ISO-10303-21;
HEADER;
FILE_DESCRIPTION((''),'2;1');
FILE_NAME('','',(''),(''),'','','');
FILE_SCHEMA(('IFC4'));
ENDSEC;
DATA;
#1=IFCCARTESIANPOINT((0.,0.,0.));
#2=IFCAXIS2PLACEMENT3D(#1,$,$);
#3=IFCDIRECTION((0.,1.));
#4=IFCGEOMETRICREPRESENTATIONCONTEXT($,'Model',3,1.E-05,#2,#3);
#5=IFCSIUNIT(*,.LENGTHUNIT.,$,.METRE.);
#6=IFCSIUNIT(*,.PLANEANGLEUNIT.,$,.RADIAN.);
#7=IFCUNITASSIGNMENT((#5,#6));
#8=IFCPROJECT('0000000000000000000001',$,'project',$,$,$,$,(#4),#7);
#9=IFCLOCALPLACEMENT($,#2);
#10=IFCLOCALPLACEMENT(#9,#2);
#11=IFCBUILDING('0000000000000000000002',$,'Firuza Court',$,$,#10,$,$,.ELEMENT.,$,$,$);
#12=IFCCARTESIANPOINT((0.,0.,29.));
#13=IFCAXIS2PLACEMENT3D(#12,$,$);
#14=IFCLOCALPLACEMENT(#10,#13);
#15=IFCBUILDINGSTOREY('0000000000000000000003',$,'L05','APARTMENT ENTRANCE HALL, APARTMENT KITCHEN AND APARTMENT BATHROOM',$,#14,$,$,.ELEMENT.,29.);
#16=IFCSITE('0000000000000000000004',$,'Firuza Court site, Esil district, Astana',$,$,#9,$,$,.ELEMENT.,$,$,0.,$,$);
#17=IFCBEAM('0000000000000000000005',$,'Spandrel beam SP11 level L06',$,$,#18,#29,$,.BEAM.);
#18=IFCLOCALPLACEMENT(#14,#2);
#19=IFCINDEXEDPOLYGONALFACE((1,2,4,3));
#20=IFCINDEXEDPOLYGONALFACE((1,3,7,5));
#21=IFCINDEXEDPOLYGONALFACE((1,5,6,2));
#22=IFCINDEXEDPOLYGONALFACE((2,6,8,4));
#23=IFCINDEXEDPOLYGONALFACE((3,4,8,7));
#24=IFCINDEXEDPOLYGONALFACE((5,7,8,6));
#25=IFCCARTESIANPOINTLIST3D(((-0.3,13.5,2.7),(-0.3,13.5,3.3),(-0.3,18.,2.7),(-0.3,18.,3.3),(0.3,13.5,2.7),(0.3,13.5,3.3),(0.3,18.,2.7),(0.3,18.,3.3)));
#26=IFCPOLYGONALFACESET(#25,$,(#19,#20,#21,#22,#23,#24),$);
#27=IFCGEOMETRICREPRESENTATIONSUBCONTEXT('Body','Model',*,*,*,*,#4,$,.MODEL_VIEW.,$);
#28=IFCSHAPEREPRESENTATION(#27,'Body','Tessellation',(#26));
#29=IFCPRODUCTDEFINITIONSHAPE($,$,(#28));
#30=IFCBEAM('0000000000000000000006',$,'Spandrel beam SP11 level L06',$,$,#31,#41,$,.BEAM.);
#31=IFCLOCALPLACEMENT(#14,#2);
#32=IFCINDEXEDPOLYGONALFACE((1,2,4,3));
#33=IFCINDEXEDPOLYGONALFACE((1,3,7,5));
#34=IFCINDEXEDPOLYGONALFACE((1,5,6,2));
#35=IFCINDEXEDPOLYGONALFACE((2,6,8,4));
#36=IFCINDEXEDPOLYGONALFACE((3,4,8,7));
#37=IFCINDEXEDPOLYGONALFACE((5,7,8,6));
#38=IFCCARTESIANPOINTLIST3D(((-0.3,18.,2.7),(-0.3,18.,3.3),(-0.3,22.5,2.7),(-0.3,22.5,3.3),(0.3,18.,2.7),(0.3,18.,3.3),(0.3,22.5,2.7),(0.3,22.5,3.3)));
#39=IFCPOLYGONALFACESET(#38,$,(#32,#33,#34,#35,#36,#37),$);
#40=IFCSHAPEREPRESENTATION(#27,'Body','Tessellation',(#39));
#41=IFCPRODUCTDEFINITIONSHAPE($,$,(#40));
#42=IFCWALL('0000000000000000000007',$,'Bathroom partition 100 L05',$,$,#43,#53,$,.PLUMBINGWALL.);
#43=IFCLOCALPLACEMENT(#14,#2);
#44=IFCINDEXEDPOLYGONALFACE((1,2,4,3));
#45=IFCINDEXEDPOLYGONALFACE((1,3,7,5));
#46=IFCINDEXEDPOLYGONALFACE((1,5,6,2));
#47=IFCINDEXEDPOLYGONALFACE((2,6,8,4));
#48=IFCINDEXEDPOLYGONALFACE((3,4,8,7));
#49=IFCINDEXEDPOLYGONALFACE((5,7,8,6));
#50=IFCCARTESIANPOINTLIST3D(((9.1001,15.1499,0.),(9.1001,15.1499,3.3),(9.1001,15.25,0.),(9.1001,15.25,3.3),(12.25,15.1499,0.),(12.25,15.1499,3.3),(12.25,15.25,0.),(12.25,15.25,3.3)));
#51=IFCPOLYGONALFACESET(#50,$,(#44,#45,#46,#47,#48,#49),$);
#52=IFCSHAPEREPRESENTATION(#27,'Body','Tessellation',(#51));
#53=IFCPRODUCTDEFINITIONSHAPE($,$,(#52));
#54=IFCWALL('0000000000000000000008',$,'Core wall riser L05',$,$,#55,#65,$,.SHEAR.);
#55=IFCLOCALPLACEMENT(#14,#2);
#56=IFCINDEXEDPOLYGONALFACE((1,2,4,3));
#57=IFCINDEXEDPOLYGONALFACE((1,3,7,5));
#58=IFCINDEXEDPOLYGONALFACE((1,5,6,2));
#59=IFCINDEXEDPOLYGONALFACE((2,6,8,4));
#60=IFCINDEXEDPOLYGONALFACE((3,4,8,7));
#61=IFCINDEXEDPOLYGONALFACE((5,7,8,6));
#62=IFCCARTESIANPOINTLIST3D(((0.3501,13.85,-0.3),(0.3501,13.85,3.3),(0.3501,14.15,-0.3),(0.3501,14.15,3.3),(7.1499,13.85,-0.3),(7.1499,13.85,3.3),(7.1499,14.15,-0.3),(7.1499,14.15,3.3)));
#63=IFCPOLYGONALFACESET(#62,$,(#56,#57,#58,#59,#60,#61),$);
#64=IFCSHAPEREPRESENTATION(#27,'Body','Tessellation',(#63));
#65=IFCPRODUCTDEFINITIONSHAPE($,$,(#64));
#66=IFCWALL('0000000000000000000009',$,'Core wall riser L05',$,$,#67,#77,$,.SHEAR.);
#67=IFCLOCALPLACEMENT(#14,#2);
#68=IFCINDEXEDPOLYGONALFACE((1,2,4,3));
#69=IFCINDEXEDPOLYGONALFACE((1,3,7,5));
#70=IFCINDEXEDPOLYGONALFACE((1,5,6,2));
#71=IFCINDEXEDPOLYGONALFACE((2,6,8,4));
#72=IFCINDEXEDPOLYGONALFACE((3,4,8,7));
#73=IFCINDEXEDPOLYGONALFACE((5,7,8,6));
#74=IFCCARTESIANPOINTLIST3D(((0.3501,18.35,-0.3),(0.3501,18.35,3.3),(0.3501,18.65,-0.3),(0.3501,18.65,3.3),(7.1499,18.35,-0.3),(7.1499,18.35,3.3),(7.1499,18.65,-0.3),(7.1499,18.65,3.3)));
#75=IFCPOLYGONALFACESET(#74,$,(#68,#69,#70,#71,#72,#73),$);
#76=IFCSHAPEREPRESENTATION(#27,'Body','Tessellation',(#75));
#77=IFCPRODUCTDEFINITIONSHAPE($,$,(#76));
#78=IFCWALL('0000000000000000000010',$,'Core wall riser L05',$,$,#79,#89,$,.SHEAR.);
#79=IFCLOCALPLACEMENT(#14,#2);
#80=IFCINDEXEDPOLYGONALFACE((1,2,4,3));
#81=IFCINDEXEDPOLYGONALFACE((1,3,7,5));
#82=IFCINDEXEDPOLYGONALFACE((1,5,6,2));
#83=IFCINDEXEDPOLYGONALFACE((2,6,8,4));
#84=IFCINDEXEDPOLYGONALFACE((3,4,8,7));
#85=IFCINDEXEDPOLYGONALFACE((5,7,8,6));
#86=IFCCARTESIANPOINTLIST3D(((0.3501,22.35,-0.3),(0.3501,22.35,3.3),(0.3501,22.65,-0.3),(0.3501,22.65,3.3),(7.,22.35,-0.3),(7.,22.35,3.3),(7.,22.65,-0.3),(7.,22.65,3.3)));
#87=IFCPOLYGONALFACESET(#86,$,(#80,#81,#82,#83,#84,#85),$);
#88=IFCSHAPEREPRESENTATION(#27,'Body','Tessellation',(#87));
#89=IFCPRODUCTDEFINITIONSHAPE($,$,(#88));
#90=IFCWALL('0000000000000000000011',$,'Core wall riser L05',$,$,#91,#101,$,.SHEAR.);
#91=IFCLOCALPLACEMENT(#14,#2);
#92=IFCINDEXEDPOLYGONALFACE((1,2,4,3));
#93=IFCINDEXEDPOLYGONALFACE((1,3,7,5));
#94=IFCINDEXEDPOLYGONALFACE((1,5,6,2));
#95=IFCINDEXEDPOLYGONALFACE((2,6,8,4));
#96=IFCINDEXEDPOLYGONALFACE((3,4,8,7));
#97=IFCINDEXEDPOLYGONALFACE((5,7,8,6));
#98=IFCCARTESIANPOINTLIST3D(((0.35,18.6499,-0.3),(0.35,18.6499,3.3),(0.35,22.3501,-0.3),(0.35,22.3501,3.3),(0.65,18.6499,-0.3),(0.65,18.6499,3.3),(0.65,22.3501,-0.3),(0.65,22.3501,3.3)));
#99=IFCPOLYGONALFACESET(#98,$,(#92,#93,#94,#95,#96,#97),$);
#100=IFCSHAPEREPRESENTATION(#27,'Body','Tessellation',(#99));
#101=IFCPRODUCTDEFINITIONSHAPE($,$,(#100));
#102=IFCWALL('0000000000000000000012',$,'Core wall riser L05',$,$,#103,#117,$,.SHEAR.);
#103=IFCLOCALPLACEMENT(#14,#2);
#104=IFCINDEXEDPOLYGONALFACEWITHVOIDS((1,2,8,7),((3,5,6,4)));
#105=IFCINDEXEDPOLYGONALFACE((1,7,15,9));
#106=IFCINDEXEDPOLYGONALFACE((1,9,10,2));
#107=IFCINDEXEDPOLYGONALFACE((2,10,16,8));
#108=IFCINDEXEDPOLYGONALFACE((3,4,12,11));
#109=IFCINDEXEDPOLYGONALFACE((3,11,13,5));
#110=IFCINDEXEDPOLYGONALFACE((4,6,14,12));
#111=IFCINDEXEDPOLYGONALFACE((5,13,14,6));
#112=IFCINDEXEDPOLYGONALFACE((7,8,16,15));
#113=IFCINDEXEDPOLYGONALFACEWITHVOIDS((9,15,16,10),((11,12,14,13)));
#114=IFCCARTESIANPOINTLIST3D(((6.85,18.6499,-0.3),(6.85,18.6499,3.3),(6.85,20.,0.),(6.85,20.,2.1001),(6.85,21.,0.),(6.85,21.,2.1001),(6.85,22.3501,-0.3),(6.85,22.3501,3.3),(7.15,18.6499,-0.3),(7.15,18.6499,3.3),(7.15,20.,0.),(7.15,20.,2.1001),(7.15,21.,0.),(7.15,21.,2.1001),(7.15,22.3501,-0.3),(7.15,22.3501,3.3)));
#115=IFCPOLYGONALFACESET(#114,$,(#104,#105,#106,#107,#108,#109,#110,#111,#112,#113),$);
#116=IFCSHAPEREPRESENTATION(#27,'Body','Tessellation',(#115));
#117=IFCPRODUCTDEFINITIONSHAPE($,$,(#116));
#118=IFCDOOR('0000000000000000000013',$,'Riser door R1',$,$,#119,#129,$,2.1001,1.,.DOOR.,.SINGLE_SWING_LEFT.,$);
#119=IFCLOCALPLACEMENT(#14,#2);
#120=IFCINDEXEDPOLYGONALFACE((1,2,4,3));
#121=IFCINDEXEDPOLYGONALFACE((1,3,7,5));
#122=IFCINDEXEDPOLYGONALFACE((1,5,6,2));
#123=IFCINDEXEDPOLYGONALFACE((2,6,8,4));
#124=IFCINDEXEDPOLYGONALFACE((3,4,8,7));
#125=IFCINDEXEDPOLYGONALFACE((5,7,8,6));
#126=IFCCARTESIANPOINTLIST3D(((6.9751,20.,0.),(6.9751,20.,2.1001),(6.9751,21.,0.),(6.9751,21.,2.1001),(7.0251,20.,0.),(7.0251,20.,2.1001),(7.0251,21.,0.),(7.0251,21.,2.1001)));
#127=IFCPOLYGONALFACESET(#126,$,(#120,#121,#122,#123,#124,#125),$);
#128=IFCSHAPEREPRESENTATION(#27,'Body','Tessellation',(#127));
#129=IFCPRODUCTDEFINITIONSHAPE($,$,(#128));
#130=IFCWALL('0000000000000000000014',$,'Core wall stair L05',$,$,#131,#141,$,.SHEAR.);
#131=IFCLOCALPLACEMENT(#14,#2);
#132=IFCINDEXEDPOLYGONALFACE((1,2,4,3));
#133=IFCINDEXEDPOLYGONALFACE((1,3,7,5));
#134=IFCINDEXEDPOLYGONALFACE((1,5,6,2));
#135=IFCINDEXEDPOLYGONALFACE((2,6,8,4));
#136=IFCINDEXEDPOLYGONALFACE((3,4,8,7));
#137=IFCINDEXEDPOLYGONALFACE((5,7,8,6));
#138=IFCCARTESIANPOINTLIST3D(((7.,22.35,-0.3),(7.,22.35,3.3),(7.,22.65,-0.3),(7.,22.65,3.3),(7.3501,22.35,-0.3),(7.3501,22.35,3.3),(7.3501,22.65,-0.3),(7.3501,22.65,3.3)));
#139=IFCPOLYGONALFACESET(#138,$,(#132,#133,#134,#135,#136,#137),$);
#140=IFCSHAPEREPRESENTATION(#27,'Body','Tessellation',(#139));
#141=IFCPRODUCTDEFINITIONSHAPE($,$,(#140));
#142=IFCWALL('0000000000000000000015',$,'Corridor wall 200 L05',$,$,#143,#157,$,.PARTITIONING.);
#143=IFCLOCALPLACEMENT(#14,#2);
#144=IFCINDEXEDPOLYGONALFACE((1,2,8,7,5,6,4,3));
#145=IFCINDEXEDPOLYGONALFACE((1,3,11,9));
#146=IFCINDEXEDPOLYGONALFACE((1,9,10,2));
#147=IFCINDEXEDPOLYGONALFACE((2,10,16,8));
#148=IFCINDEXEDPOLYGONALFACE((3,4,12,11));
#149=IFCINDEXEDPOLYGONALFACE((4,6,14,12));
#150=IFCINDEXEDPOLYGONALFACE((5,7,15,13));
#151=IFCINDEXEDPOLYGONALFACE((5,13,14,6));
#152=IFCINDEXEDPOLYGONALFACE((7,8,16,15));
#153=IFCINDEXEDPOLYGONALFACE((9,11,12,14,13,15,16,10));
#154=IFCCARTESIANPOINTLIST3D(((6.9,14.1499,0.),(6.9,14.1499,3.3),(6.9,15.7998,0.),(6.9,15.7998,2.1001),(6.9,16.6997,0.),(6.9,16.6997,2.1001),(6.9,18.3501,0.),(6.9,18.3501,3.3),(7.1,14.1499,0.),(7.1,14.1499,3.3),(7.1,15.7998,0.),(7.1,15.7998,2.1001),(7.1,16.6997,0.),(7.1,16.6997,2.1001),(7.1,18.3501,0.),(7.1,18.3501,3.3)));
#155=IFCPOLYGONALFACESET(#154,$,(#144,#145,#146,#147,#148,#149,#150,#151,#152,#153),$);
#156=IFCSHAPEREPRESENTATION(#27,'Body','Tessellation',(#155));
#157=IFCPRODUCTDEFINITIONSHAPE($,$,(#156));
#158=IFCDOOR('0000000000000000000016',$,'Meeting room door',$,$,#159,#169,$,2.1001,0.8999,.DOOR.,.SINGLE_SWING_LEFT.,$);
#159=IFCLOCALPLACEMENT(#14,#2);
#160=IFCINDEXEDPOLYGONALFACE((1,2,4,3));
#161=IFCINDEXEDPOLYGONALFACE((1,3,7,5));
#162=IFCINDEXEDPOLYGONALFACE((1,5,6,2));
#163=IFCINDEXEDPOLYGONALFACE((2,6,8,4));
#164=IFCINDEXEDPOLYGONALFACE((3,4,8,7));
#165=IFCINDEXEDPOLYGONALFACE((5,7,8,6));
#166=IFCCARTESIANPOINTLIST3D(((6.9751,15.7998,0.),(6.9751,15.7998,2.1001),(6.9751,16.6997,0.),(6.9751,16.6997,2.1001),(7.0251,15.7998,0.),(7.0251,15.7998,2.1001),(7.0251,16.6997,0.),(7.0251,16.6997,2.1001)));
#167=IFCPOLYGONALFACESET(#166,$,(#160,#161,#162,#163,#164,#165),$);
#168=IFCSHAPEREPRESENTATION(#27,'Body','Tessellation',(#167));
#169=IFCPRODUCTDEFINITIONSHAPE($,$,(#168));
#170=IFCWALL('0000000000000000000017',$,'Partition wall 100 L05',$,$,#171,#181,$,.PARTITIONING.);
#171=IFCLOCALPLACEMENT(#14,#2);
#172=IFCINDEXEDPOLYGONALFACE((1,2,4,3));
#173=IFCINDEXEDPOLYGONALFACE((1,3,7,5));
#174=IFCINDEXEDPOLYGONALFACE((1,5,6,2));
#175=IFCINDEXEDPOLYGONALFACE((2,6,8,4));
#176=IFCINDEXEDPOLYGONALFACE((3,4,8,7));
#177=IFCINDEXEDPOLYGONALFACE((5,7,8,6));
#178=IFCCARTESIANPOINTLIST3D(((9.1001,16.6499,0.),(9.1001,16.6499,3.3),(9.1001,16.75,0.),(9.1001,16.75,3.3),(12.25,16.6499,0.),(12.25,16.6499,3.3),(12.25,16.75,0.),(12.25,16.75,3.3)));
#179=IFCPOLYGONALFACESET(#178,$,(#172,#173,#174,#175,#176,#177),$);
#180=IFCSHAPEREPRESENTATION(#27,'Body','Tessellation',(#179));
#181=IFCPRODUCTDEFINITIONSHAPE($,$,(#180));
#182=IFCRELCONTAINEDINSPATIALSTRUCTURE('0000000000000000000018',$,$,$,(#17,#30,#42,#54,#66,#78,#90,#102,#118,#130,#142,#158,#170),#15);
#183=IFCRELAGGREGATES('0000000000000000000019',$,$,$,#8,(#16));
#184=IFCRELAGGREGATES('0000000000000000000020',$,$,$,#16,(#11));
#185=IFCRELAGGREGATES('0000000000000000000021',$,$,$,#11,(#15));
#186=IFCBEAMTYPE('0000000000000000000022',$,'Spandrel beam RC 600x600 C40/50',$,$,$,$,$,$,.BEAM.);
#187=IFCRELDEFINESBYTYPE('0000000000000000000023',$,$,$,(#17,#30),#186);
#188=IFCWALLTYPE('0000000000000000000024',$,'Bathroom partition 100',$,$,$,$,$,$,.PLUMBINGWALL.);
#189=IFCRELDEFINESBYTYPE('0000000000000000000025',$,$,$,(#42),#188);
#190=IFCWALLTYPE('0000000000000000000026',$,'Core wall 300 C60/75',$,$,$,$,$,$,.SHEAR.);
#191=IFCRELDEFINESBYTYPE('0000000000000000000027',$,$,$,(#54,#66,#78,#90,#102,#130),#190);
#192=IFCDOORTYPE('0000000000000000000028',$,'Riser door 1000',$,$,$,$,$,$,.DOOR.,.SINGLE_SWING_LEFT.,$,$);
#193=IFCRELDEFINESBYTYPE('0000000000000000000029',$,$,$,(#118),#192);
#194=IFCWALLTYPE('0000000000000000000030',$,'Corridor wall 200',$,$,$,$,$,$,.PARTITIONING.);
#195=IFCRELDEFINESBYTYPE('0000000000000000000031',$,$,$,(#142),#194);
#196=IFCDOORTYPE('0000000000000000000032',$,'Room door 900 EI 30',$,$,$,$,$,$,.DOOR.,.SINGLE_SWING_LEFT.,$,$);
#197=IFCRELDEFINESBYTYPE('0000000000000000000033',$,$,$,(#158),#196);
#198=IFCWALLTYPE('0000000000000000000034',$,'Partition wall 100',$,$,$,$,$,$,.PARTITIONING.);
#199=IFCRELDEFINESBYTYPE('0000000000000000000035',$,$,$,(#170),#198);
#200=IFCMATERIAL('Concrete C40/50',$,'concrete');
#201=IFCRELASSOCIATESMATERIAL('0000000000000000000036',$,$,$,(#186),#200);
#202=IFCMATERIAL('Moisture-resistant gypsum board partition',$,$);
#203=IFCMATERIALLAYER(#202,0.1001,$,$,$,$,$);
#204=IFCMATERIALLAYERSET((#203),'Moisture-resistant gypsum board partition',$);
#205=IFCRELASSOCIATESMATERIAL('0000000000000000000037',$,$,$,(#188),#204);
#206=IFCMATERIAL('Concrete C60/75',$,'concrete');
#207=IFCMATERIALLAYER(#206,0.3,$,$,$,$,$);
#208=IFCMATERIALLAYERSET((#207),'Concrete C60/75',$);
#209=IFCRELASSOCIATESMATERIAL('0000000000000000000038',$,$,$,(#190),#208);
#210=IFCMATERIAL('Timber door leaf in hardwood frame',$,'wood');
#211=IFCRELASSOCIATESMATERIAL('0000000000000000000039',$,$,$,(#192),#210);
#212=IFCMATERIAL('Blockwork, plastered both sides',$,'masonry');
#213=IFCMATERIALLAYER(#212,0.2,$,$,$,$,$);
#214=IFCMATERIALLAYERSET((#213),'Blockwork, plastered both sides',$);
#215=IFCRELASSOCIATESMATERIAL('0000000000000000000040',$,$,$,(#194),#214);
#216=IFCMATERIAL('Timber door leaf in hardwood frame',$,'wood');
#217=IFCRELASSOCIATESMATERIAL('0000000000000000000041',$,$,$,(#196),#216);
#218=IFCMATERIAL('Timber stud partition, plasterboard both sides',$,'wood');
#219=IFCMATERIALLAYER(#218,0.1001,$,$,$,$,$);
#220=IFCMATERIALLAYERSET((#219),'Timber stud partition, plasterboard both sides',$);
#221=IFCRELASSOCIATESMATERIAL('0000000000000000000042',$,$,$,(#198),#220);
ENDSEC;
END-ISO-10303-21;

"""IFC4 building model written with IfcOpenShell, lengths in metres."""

from ifc_helpers import new_model, si_unit, direction, frame, frame_2d, origin, origin_2d, place, context, subcontext, project, spatial, rectangle, extrude, material, layer, layer_set, material_profile, profile_set, type_object, element, fill, save


model = new_model("IFC4")

# Units and contexts
model_context = context("Model", 3, precision=1e-05, world=origin(), true_north=direction((0.0, 1.0)))
body_context = subcontext(model_context, "Body", "Model", "MODEL_VIEW")
ifc_project = project(units=[si_unit("LENGTHUNIT", "METRE"), si_unit("PLANEANGLEUNIT", "RADIAN")], contexts=[model_context])

# Site, building, storey
site_placement = place(None, origin())
site = spatial("IfcSite", under=ifc_project, at=site_placement, Name="Firuza Court site, Esil district, Astana", CompositionType="ELEMENT", RefElevation=0.0)
building_placement = place(site_placement, origin())
building = spatial("IfcBuilding", under=site, at=building_placement, Name="Firuza Court", CompositionType="ELEMENT")
storey_placement = place(building_placement, frame((0.0, 0.0, 29.0)))
storey = spatial("IfcBuildingStorey", under=building, at=storey_placement, Name="L05", Description="APARTMENT ENTRANCE HALL, APARTMENT KITCHEN AND APARTMENT BATHROOM", CompositionType="ELEMENT", Elevation=29.0)

# Beams
ifc_material_1 = material(Name="Concrete C40/50", Category="concrete")
ifc_material_profile_1 = material_profile(ifc_material_1, rectangle(XDim=0.6001, YDim=0.6001, at=origin_2d()), Name="RC 600x600")
ifc_profile_set_1 = profile_set([ifc_material_profile_1], Name="Concrete C40/50")
beam_type_1 = type_object("IfcBeamType", Name="Spandrel beam RC 600x600 C40/50", PredefinedType="BEAM", material=ifc_profile_set_1)
for number, where, z_axis, x_axis, name in (
    (1, (0.0, 18.0, 3.0), (0.0, -1.0, 0.0), (1.0, 0.0, 0.0), "Spandrel beam SP11 level L06"),
    (2, (0.0, 22.5, 3.0), (0.0, -1.0, 0.0), (1.0, 0.0, 0.0), "Spandrel beam SP11 level L06"),
):
    element("IfcBeam", number, at=place(storey_placement, frame(where, z_axis=z_axis, x_axis=x_axis)), inside=storey, type_object=beam_type_1, Name=name, PredefinedType="BEAM", context=body_context, shape_type="SweptSolid", body=[
        extrude(rectangle(XDim=0.6001, YDim=0.6001, at=origin_2d()), origin(), (0.0, 0.0, 1.0), 4.5),
    ])

# Walls
ifc_material_2 = material(Name="Moisture-resistant gypsum board partition")
ifc_layer_1 = layer(ifc_material_2, 0.1001)
ifc_layer_set_1 = layer_set([ifc_layer_1], Name="Moisture-resistant gypsum board partition")
wall_type_1 = type_object("IfcWallType", Name="Bathroom partition 100", PredefinedType="PLUMBINGWALL", material=ifc_layer_set_1)
wall_1_placement = place(storey_placement, frame((9.1001, 15.2, 0.0), z_axis=(0.0, 0.0, 1.0), x_axis=(1.0, 0.0, 0.0)))
element("IfcWall", 3, at=wall_1_placement, inside=storey, type_object=wall_type_1, Name="Bathroom partition 100 L05", PredefinedType="PLUMBINGWALL", context=body_context, shape_type="SweptSolid", body=[
    extrude(rectangle(XDim=3.1499, YDim=0.1001, at=frame_2d((1.575, 0.0))), origin(), (0.0, 0.0, 1.0), 3.3),
])
ifc_material_3 = material(Name="Concrete C60/75", Category="concrete")
ifc_layer_2 = layer(ifc_material_3, 0.3)
ifc_layer_set_2 = layer_set([ifc_layer_2], Name="Concrete C60/75")
wall_type_2 = type_object("IfcWallType", Name="Core wall 300 C60/75", PredefinedType="SHEAR", material=ifc_layer_set_2)
for number, where, z_axis, x_axis, name in (
    (4, (0.3501, 14.0, -0.3), (0.0, 0.0, 1.0), (1.0, 0.0, 0.0), "Core wall riser L05"),
    (5, (0.3501, 18.5, -0.3), (0.0, 0.0, 1.0), (1.0, 0.0, 0.0), "Core wall riser L05"),
):
    element("IfcWall", number, at=place(storey_placement, frame(where, z_axis=z_axis, x_axis=x_axis)), inside=storey, type_object=wall_type_2, Name=name, PredefinedType="SHEAR", context=body_context, shape_type="SweptSolid", body=[
        extrude(rectangle(XDim=6.7998, YDim=0.3, at=frame_2d((3.3999, 0.0))), origin(), (0.0, 0.0, 1.0), 3.6001),
    ])
wall_2_placement = place(storey_placement, frame((0.3501, 22.5, -0.3), z_axis=(0.0, 0.0, 1.0), x_axis=(1.0, 0.0, 0.0)))
element("IfcWall", 6, at=wall_2_placement, inside=storey, type_object=wall_type_2, Name="Core wall riser L05", PredefinedType="SHEAR", context=body_context, shape_type="SweptSolid", body=[
    extrude(rectangle(XDim=6.6499, YDim=0.3, at=frame_2d((3.325, 0.0))), origin(), (0.0, 0.0, 1.0), 3.6001),
])
wall_3_placement = place(storey_placement, frame((0.5, 18.6499, -0.3), z_axis=(0.0, 0.0, 1.0), x_axis=(0.0, 1.0, 0.0)))
element("IfcWall", 7, at=wall_3_placement, inside=storey, type_object=wall_type_2, Name="Core wall riser L05", PredefinedType="SHEAR", context=body_context, shape_type="SweptSolid", body=[
    extrude(rectangle(XDim=3.7002, YDim=0.3, at=frame_2d((1.8501, 0.0))), origin(), (0.0, 0.0, 1.0), 3.6001),
])

# Wall, opening, door
wall_4_placement = place(storey_placement, frame((7.0, 18.6499, -0.3), z_axis=(0.0, 0.0, 1.0), x_axis=(0.0, 1.0, 0.0)))
wall_4 = element("IfcWall", 8, at=wall_4_placement, inside=storey, type_object=wall_type_2, Name="Core wall riser L05", PredefinedType="SHEAR", context=body_context, shape_type="SweptSolid", body=[
    extrude(rectangle(XDim=3.7002, YDim=0.3, at=frame_2d((1.8501, 0.0))), origin(), (0.0, 0.0, 1.0), 3.6001),
])
opening_1_placement = place(wall_4_placement, frame((1.3501, 0.0, 0.3)))
opening_1 = element("IfcOpeningElement", 9, at=opening_1_placement, cuts=wall_4, PredefinedType="OPENING", context=body_context, shape_type="SweptSolid", body=[
    extrude(rectangle(XDim=1.0, YDim=2.1001, at=frame_2d((0.5, 1.05))), frame((0.0, 0.1621, 0.0), z_axis=(0.0, -1.0, 0.0), x_axis=(1.0, 0.0, 0.0)), (0.0, 0.0, 1.0), 0.324),
])
ifc_material_4 = material(Name="Timber door leaf in hardwood frame", Category="wood")
door_type_1 = type_object("IfcDoorType", Name="Riser door 1000", OperationType="SINGLE_SWING_LEFT", PredefinedType="DOOR", material=ifc_material_4)
door_1_placement = place(opening_1_placement, origin())
door_1 = element("IfcDoor", 10, at=door_1_placement, inside=storey, type_object=door_type_1, Name="Riser door R1", OperationType="SINGLE_SWING_LEFT", OverallHeight=2.1001, OverallWidth=1.0, PredefinedType="DOOR", context=body_context, shape_type="SweptSolid", body=[
    extrude(rectangle(XDim=1.0, YDim=2.1001, at=frame_2d((0.5, 1.05))), frame((0.0, 0.0249, 0.0), z_axis=(0.0, -1.0, 0.0), x_axis=(1.0, 0.0, 0.0)), (0.0, 0.0, 1.0), 0.05),
])
fill(opening_1, door_1)

# Wall
wall_5_placement = place(storey_placement, frame((7.0, 22.5, -0.3), z_axis=(0.0, 0.0, 1.0), x_axis=(1.0, 0.0, 0.0)))
element("IfcWall", 11, at=wall_5_placement, inside=storey, type_object=wall_type_2, Name="Core wall stair L05", PredefinedType="SHEAR", context=body_context, shape_type="SweptSolid", body=[
    extrude(rectangle(XDim=0.3501, YDim=0.3, at=frame_2d((0.175, 0.0))), origin(), (0.0, 0.0, 1.0), 3.6001),
])

# Wall, opening, door
ifc_material_5 = material(Name="Blockwork, plastered both sides", Category="masonry")
ifc_layer_3 = layer(ifc_material_5, 0.2)
ifc_layer_set_3 = layer_set([ifc_layer_3], Name="Blockwork, plastered both sides")
wall_type_3 = type_object("IfcWallType", Name="Corridor wall 200", PredefinedType="PARTITIONING", material=ifc_layer_set_3)
wall_6_placement = place(storey_placement, frame((7.0, 14.1499, 0.0), z_axis=(0.0, 0.0, 1.0), x_axis=(0.0, 1.0, 0.0)))
wall_6 = element("IfcWall", 12, at=wall_6_placement, inside=storey, type_object=wall_type_3, Name="Corridor wall 200 L05", PredefinedType="PARTITIONING", context=body_context, shape_type="SweptSolid", body=[
    extrude(rectangle(XDim=4.2002, YDim=0.2, at=frame_2d((2.1001, 0.0))), origin(), (0.0, 0.0, 1.0), 3.3),
])
opening_2_placement = place(wall_6_placement, frame((1.6499, 0.0, 0.0)))
opening_2 = element("IfcOpeningElement", 13, at=opening_2_placement, cuts=wall_6, PredefinedType="OPENING", context=body_context, shape_type="SweptSolid", body=[
    extrude(rectangle(XDim=0.8999, YDim=2.1001, at=frame_2d((0.45, 1.05))), frame((0.0, 0.1118, 0.0), z_axis=(0.0, -1.0, 0.0), x_axis=(1.0, 0.0, 0.0)), (0.0, 0.0, 1.0), 0.2239),
])
ifc_material_6 = material(Name="Timber door leaf in hardwood frame", Category="wood")
door_type_2 = type_object("IfcDoorType", Name="Room door 900 EI 30", OperationType="SINGLE_SWING_LEFT", PredefinedType="DOOR", material=ifc_material_6)
door_2_placement = place(opening_2_placement, origin())
door_2 = element("IfcDoor", 14, at=door_2_placement, inside=storey, type_object=door_type_2, Name="Meeting room door", OperationType="SINGLE_SWING_LEFT", OverallHeight=2.1001, OverallWidth=0.8999, PredefinedType="DOOR", context=body_context, shape_type="SweptSolid", body=[
    extrude(rectangle(XDim=0.8999, YDim=2.1001, at=frame_2d((0.45, 1.05))), frame((0.0, 0.0249, 0.0), z_axis=(0.0, -1.0, 0.0), x_axis=(1.0, 0.0, 0.0)), (0.0, 0.0, 1.0), 0.05),
])
fill(opening_2, door_2)

# Wall
ifc_material_7 = material(Name="Timber stud partition, plasterboard both sides", Category="wood")
ifc_layer_4 = layer(ifc_material_7, 0.1001)
ifc_layer_set_4 = layer_set([ifc_layer_4], Name="Timber stud partition, plasterboard both sides")
wall_type_4 = type_object("IfcWallType", Name="Partition wall 100", PredefinedType="PARTITIONING", material=ifc_layer_set_4)
wall_7_placement = place(storey_placement, frame((9.1001, 16.7, 0.0), z_axis=(0.0, 0.0, 1.0), x_axis=(1.0, 0.0, 0.0)))
element("IfcWall", 15, at=wall_7_placement, inside=storey, type_object=wall_type_4, Name="Partition wall 100 L05", PredefinedType="PARTITIONING", context=body_context, shape_type="SweptSolid", body=[
    extrude(rectangle(XDim=3.1499, YDim=0.1001, at=frame_2d((1.575, 0.0))), origin(), (0.0, 0.0, 1.0), 3.3),
])

save(model, "model.ifc")
